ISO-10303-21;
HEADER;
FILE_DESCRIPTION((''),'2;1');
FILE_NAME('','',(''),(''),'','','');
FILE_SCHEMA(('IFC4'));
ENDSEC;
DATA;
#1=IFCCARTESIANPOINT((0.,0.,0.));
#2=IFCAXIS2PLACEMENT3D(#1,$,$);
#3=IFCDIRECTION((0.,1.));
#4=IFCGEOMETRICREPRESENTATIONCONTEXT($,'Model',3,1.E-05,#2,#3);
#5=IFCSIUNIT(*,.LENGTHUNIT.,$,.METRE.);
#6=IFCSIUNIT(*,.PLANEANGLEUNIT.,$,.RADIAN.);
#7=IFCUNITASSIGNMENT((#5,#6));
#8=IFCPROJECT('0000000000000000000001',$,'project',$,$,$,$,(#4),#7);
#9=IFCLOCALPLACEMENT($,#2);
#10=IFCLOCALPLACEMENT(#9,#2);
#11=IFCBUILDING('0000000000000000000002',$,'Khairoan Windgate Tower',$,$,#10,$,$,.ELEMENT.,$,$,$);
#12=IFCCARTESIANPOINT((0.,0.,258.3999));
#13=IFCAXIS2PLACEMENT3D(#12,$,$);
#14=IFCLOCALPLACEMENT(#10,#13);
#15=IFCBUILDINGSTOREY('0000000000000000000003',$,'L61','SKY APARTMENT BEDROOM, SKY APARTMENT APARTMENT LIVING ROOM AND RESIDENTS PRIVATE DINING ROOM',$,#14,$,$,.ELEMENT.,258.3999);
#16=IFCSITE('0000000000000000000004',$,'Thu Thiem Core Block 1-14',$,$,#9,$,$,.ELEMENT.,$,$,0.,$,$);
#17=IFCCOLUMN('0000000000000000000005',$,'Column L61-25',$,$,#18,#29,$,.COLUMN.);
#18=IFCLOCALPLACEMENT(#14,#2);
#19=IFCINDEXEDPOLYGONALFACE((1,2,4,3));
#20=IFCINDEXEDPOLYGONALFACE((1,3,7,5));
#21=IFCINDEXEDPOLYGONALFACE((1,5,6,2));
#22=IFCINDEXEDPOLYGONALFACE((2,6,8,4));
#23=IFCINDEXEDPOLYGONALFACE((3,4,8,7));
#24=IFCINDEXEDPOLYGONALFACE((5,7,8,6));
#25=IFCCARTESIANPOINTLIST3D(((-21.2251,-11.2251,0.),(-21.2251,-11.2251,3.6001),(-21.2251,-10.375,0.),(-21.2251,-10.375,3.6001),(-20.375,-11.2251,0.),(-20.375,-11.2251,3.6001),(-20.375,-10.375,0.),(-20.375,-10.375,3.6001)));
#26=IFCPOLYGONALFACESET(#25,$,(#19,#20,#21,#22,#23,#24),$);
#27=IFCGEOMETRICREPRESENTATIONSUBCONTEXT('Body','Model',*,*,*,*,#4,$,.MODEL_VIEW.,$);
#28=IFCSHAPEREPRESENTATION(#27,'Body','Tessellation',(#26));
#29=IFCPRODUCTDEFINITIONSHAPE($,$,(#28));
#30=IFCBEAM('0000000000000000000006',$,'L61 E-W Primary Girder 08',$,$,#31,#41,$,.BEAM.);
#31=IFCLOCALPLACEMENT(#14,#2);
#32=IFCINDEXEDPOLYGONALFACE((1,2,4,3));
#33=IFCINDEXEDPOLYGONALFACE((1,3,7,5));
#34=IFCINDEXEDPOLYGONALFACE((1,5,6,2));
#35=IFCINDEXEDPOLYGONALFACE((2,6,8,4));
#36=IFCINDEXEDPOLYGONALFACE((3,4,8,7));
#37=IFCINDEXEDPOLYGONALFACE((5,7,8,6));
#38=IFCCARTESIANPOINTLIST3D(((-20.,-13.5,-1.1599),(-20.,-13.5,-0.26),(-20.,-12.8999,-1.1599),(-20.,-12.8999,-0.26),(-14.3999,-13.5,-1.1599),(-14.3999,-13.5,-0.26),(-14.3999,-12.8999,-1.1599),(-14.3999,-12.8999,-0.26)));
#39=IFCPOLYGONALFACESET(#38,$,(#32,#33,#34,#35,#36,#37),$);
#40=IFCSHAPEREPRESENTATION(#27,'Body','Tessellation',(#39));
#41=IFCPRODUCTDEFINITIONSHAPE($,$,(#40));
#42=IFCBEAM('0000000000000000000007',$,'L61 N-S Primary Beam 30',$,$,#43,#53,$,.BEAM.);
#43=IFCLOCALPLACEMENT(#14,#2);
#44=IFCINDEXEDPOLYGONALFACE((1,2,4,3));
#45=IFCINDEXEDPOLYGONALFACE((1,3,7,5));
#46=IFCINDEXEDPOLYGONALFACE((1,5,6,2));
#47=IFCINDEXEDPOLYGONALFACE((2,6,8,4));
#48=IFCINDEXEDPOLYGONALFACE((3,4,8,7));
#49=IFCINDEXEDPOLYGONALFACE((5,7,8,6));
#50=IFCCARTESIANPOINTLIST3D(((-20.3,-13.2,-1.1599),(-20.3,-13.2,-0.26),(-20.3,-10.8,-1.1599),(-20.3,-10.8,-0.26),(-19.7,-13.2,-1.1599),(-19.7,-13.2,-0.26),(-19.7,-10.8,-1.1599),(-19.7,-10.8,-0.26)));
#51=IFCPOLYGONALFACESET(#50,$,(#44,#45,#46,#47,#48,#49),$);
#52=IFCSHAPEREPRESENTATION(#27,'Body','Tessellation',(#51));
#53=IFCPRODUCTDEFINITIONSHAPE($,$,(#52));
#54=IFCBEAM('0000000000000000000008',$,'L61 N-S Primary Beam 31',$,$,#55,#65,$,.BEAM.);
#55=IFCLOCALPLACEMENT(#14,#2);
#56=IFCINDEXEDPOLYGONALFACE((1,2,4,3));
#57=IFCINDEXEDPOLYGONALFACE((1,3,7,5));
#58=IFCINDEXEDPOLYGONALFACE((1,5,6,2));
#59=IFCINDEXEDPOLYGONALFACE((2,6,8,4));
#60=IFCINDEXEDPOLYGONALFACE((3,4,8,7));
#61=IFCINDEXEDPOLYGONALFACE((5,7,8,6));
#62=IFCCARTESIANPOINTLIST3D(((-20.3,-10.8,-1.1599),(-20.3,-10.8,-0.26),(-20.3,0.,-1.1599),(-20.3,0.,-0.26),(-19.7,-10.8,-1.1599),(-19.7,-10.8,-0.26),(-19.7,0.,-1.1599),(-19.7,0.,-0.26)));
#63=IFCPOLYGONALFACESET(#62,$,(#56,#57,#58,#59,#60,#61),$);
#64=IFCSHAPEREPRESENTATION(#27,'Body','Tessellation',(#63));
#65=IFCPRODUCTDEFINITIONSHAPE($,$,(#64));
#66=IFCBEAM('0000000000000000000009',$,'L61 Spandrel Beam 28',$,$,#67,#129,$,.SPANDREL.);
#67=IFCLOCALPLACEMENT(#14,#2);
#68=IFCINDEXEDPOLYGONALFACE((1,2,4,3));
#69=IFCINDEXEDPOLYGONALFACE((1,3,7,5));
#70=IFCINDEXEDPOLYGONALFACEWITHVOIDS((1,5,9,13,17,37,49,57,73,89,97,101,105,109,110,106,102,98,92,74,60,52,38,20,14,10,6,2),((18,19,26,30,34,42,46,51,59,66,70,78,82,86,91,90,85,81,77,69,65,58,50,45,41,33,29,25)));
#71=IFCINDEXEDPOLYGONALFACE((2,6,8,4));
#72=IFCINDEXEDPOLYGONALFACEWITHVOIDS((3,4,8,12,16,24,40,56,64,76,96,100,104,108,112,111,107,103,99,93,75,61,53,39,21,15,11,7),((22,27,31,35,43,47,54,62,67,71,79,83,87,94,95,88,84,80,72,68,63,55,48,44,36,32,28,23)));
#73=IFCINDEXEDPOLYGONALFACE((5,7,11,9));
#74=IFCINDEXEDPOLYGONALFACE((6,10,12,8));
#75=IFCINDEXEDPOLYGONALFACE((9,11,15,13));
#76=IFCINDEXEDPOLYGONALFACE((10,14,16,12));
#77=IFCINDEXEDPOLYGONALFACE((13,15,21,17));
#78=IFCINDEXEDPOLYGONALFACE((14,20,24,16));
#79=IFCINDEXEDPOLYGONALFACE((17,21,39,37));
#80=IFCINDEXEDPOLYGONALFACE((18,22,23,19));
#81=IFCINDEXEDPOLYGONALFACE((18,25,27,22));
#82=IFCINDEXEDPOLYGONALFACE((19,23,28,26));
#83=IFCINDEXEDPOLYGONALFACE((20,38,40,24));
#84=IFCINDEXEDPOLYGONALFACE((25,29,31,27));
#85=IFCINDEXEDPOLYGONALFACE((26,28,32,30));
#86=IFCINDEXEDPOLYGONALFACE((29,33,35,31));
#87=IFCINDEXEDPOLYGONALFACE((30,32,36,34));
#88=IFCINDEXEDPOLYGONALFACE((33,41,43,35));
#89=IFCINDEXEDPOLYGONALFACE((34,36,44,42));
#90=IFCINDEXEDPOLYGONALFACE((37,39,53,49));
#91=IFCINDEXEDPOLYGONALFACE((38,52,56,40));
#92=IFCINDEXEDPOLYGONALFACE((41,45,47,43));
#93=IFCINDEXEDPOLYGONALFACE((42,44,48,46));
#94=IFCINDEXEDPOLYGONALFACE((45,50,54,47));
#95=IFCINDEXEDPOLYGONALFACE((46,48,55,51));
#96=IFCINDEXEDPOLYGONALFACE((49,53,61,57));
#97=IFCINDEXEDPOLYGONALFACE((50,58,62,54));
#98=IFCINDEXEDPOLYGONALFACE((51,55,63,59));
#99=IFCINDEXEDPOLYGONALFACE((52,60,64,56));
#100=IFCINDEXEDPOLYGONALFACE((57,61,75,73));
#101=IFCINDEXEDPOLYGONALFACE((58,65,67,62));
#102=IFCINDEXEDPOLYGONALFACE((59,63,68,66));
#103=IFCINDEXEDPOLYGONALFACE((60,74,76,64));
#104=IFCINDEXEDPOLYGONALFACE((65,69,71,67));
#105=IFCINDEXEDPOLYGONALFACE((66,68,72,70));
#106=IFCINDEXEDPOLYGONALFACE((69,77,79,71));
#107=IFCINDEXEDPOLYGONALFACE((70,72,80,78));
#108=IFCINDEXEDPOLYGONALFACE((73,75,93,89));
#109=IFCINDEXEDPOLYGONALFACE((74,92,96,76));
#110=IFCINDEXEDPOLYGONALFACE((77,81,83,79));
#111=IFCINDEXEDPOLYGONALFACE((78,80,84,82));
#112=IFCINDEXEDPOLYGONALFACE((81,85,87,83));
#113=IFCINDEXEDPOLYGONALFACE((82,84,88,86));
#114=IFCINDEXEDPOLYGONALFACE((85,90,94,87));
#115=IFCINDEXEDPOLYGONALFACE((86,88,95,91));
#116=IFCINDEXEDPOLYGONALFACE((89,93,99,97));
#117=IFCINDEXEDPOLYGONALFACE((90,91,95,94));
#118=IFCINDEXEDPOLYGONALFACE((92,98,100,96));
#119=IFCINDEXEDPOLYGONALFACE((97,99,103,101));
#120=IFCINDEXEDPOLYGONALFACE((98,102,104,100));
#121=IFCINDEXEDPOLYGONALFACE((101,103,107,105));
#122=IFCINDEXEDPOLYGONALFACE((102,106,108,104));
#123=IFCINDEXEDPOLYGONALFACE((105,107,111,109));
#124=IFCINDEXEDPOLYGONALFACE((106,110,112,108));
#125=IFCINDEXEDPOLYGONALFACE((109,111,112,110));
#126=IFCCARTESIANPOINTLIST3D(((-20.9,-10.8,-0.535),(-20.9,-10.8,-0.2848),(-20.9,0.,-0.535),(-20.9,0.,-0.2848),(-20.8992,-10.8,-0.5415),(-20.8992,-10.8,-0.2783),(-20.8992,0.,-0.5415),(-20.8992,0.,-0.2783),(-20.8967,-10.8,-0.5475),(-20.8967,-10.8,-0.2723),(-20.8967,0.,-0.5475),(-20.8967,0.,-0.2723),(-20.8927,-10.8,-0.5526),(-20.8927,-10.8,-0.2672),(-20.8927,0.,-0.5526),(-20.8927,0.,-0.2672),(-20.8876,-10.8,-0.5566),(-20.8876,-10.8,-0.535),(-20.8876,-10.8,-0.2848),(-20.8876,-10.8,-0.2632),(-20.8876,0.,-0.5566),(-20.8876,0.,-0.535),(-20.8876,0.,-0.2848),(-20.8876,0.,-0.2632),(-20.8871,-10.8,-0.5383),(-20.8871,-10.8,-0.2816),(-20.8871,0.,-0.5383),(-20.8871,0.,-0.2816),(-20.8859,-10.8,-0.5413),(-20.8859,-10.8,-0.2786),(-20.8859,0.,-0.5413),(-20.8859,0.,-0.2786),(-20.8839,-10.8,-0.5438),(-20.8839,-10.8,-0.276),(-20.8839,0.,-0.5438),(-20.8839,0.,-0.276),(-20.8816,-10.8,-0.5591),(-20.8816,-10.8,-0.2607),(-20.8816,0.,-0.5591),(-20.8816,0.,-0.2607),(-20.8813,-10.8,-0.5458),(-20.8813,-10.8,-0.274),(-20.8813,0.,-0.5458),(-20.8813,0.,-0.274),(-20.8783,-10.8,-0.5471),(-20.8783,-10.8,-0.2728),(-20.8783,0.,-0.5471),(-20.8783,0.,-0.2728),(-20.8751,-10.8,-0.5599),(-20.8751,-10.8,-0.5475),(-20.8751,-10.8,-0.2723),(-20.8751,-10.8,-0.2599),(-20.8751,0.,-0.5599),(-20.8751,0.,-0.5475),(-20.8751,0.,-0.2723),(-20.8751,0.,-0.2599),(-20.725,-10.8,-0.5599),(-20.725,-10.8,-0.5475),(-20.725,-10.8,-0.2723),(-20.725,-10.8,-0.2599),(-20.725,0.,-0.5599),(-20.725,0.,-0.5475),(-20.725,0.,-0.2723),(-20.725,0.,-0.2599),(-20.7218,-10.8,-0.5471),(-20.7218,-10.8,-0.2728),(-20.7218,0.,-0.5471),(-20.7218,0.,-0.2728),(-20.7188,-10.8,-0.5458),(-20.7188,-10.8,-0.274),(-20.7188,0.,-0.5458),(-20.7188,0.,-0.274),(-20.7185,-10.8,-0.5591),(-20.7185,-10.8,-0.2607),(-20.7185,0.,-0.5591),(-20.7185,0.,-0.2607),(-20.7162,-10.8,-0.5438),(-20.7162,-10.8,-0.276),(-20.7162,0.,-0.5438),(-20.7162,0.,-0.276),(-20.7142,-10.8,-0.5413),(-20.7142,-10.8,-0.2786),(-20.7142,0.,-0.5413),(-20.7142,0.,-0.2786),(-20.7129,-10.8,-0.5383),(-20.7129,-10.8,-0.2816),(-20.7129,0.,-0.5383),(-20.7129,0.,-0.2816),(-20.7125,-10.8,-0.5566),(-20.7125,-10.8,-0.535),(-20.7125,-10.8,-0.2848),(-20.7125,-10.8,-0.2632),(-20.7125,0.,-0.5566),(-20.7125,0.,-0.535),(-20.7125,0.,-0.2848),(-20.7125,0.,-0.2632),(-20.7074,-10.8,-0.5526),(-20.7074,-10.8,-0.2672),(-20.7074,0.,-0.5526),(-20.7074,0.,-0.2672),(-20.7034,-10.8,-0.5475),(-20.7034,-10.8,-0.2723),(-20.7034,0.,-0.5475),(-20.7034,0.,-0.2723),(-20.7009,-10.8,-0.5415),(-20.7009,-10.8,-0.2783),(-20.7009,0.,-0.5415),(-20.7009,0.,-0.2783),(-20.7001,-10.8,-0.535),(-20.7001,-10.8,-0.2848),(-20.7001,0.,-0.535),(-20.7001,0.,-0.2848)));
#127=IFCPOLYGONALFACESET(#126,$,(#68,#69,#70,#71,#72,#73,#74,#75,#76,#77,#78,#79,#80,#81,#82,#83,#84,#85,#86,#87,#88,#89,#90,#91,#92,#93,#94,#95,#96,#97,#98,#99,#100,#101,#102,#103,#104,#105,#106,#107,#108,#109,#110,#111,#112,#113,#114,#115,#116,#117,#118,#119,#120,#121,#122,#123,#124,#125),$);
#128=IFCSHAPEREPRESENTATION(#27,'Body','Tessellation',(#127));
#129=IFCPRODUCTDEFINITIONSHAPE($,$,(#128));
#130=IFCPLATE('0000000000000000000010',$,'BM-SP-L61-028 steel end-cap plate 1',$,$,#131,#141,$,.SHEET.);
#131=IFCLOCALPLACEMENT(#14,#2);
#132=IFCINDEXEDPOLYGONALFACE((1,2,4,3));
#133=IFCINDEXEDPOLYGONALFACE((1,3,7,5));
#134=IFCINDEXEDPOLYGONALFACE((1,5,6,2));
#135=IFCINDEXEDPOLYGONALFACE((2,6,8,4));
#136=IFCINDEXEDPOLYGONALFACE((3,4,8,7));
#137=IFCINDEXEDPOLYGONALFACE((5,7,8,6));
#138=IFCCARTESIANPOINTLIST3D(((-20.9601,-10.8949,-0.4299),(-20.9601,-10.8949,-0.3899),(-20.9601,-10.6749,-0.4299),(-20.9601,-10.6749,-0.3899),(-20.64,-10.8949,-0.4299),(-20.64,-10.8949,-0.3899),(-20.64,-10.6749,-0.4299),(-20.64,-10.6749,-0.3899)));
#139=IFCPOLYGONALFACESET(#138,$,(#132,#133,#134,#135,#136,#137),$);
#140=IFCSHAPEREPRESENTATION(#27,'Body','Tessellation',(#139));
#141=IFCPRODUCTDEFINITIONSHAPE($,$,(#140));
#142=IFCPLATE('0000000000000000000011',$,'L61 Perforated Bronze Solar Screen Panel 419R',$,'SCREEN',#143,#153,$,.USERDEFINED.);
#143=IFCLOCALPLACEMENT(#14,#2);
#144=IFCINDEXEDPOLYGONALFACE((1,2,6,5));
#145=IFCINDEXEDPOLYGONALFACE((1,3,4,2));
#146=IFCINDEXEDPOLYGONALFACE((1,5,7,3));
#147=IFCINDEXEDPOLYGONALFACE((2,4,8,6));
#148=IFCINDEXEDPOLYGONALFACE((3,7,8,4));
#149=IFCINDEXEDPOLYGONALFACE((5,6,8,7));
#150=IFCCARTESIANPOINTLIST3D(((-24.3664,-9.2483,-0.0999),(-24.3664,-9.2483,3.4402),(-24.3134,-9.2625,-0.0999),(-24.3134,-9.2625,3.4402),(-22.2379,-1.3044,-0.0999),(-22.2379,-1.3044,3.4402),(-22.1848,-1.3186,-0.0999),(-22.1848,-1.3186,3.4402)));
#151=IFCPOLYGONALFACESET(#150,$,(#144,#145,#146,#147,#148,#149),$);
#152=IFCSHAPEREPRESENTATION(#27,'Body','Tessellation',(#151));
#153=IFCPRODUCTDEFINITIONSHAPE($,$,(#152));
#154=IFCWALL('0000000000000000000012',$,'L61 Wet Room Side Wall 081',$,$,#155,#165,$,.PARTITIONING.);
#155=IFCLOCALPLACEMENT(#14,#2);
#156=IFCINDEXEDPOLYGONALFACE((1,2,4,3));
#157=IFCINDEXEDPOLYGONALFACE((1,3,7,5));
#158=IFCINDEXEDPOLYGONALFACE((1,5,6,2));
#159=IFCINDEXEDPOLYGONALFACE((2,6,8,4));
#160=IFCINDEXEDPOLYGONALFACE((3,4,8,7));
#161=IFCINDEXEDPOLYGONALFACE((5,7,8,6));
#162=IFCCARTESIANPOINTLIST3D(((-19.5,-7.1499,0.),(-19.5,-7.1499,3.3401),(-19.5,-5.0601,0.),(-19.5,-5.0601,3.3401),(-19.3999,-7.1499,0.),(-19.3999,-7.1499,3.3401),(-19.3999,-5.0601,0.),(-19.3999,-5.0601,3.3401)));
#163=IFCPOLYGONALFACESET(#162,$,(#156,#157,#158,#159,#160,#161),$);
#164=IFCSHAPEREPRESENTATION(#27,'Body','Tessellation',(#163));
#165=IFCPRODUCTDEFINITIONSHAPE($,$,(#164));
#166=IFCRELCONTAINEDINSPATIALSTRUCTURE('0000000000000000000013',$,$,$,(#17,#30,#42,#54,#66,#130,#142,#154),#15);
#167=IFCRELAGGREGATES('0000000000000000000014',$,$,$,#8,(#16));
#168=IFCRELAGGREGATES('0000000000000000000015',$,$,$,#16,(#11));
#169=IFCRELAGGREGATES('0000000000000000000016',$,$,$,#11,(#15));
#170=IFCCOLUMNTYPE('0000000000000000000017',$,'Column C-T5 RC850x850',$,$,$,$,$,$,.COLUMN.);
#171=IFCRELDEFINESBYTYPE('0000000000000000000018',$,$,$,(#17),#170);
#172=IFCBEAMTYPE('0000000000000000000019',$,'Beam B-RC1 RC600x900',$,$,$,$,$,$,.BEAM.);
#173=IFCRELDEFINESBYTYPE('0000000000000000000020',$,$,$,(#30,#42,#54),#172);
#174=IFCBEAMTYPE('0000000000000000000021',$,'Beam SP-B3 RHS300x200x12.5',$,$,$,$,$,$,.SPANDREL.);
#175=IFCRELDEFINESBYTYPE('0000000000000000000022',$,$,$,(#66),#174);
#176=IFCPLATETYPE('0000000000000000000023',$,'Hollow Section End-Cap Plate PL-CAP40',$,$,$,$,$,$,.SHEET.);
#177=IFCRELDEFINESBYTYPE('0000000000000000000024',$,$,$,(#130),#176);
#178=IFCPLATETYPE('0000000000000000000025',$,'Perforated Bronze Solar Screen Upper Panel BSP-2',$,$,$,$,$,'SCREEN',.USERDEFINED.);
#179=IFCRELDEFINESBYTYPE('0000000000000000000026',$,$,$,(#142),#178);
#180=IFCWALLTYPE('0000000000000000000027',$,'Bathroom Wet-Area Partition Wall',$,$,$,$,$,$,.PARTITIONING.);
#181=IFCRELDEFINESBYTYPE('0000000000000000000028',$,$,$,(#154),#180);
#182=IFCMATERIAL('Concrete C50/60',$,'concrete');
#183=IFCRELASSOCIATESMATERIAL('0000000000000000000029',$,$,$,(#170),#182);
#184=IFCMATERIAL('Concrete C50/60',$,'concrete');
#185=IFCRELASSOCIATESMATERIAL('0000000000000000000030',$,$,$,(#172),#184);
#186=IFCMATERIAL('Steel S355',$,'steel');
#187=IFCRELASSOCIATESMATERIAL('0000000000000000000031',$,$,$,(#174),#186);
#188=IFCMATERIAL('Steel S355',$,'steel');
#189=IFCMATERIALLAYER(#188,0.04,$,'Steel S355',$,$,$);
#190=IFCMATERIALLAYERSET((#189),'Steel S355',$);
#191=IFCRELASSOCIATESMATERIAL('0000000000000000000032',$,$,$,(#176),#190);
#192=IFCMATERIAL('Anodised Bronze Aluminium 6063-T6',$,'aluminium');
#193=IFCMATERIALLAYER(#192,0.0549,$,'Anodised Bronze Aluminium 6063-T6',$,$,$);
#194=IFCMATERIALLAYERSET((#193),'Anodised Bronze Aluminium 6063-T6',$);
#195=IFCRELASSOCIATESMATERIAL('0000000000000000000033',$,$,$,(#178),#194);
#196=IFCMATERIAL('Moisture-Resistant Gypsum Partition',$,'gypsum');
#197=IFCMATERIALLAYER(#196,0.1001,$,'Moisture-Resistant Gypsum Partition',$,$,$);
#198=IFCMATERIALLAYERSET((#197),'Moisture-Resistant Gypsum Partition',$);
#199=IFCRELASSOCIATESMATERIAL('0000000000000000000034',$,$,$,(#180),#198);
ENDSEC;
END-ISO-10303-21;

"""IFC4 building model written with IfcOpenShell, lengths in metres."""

from ifc_helpers import new_model, si_unit, direction, frame, frame_2d, origin, origin_2d, place, context, subcontext, project, spatial, rectangle, hollow_rectangle, extrude, material, layer, layer_set, material_profile, profile_set, type_object, element, save


model = new_model("IFC4")

# Units and contexts
model_context = context("Model", 3, precision=1e-05, world=origin(), true_north=direction((0.0, 1.0)))
body_context = subcontext(model_context, "Body", "Model", "MODEL_VIEW")
ifc_project = project(units=[si_unit("LENGTHUNIT", "METRE"), si_unit("PLANEANGLEUNIT", "RADIAN")], contexts=[model_context])

# Site, building, storey
site_placement = place(None, origin())
site = spatial("IfcSite", under=ifc_project, at=site_placement, Name="Thu Thiem Core Block 1-14", CompositionType="ELEMENT", RefElevation=0.0)
building_placement = place(site_placement, origin())
building = spatial("IfcBuilding", under=site, at=building_placement, Name="Khairoan Windgate Tower", CompositionType="ELEMENT")
storey_placement = place(building_placement, frame((0.0, 0.0, 258.3999)))
storey = spatial("IfcBuildingStorey", under=building, at=storey_placement, Name="L61", Description="SKY APARTMENT BEDROOM, SKY APARTMENT APARTMENT LIVING ROOM AND RESIDENTS PRIVATE DINING ROOM", CompositionType="ELEMENT", Elevation=258.3999)

# Column
ifc_material_1 = material(Name="Concrete C50/60", Category="concrete")
ifc_material_profile_1 = material_profile(ifc_material_1, rectangle(XDim=0.8501, YDim=0.8501, at=origin_2d()))
ifc_profile_set_1 = profile_set([ifc_material_profile_1], Name="Concrete C50/60")
column_type = type_object("IfcColumnType", Name="Column C-T5 RC850x850", PredefinedType="COLUMN", material=ifc_profile_set_1)
column_placement = place(storey_placement, frame((-20.8, -10.8, 0.0), z_axis=(0.0, 0.0, 1.0), x_axis=(1.0, 0.0, 0.0)))
element("IfcColumn", 1, at=column_placement, inside=storey, type_object=column_type, Name="Column L61-25", PredefinedType="COLUMN", context=body_context, shape_type="SweptSolid", body=[
    extrude(rectangle(XDim=0.8501, YDim=0.8501, at=origin_2d()), origin(), (0.0, 0.0, 1.0), 3.6001),
])

# Beams
ifc_material_2 = material(Name="Concrete C50/60", Category="concrete")
ifc_material_profile_2 = material_profile(ifc_material_2, rectangle(XDim=0.6001, YDim=0.8999, at=origin_2d()))
ifc_profile_set_2 = profile_set([ifc_material_profile_2], Name="Concrete C50/60")
beam_type_1 = type_object("IfcBeamType", Name="Beam B-RC1 RC600x900", PredefinedType="BEAM", material=ifc_profile_set_2)
beam_1_placement = place(storey_placement, frame((-20.0, -13.2, -0.71), z_axis=(1.0, 0.0, 0.0), x_axis=(0.0, 1.0, 0.0)))
element("IfcBeam", 2, at=beam_1_placement, inside=storey, type_object=beam_type_1, Name="L61 E-W Primary Girder 08", PredefinedType="BEAM", context=body_context, shape_type="SweptSolid", body=[
    extrude(rectangle(XDim=0.6001, YDim=0.8999, at=origin_2d()), origin(), (0.0, 0.0, 1.0), 5.6001),
])
beam_2_placement = place(storey_placement, frame((-20.0, -13.2, -0.71), z_axis=(0.0, 1.0, 0.0), x_axis=(-1.0, 0.0, 0.0)))
element("IfcBeam", 3, at=beam_2_placement, inside=storey, type_object=beam_type_1, Name="L61 N-S Primary Beam 30", PredefinedType="BEAM", context=body_context, shape_type="SweptSolid", body=[
    extrude(rectangle(XDim=0.6001, YDim=0.8999, at=origin_2d()), origin(), (0.0, 0.0, 1.0), 2.3999),
])
beam_3_placement = place(storey_placement, frame((-20.0, -10.8, -0.71), z_axis=(0.0, 1.0, 0.0), x_axis=(-1.0, 0.0, 0.0)))
element("IfcBeam", 4, at=beam_3_placement, inside=storey, type_object=beam_type_1, Name="L61 N-S Primary Beam 31", PredefinedType="BEAM", context=body_context, shape_type="SweptSolid", body=[
    extrude(rectangle(XDim=0.6001, YDim=0.8999, at=origin_2d()), origin(), (0.0, 0.0, 1.0), 10.8),
])
ifc_material_3 = material(Name="Steel S355", Category="steel")
ifc_material_profile_3 = material_profile(ifc_material_3, hollow_rectangle(XDim=0.2, YDim=0.3, WallThickness=0.0125, InnerFilletRadius=0.0125, OuterFilletRadius=0.0249, at=origin_2d()))
ifc_profile_set_3 = profile_set([ifc_material_profile_3], Name="Steel S355")
beam_type_2 = type_object("IfcBeamType", Name="Beam SP-B3 RHS300x200x12.5", PredefinedType="SPANDREL", material=ifc_profile_set_3)
beam_4_placement = place(storey_placement, frame((-20.8, -10.8, -0.4099), z_axis=(0.0, 1.0, 0.0), x_axis=(-1.0, 0.0, 0.0)))
element("IfcBeam", 5, at=beam_4_placement, inside=storey, type_object=beam_type_2, Name="L61 Spandrel Beam 28", PredefinedType="SPANDREL", context=body_context, shape_type="SweptSolid", body=[
    extrude(hollow_rectangle(XDim=0.2, YDim=0.3, WallThickness=0.0125, InnerFilletRadius=0.0125, OuterFilletRadius=0.0249, at=origin_2d()), origin(), (0.0, 0.0, 1.0), 10.8),
])

# Plates
ifc_material_4 = material(Name="Steel S355", Category="steel")
ifc_layer_1 = layer(ifc_material_4, 0.04, Name="Steel S355")
ifc_layer_set_1 = layer_set([ifc_layer_1], Name="Steel S355")
plate_type_1 = type_object("IfcPlateType", Name="Hollow Section End-Cap Plate PL-CAP40", PredefinedType="SHEET", material=ifc_layer_set_1)
plate_1_placement = place(storey_placement, frame((-20.8, -10.7849, -0.4299), z_axis=(0.0, 0.0, 1.0), x_axis=(0.0, 1.0, 0.0)))
element("IfcPlate", 6, at=plate_1_placement, inside=storey, type_object=plate_type_1, Name="BM-SP-L61-028 steel end-cap plate 1", PredefinedType="SHEET", context=body_context, shape_type="SweptSolid", body=[
    extrude(rectangle(XDim=0.22, YDim=0.3201, at=origin_2d()), origin(), (0.0, 0.0, 1.0), 0.04),
])
ifc_material_5 = material(Name="Anodised Bronze Aluminium 6063-T6", Category="aluminium")
ifc_layer_2 = layer(ifc_material_5, 0.0549, Name="Anodised Bronze Aluminium 6063-T6")
ifc_layer_set_2 = layer_set([ifc_layer_2], Name="Anodised Bronze Aluminium 6063-T6")
plate_type_2 = type_object("IfcPlateType", Name="Perforated Bronze Solar Screen Upper Panel BSP-2", ElementType="SCREEN", PredefinedType="USERDEFINED", material=ifc_layer_set_2)
plate_2_placement = place(storey_placement, frame((-23.2756, -5.2834, -0.0999), z_axis=(0.0, 0.0, 1.0), x_axis=(0.258819, 0.965926, 0.0)))
element("IfcPlate", 7, at=plate_2_placement, inside=storey, type_object=plate_type_2, Name="L61 Perforated Bronze Solar Screen Panel 419R", ObjectType="SCREEN", PredefinedType="USERDEFINED", context=body_context, shape_type="SweptSolid", body=[
    extrude(rectangle(XDim=8.2241, YDim=0.0549, at=origin_2d()), origin(), (0.0, 0.0, 1.0), 3.54),
])

# Wall
ifc_material_6 = material(Name="Moisture-Resistant Gypsum Partition", Category="gypsum")
ifc_layer_3 = layer(ifc_material_6, 0.1001, Name="Moisture-Resistant Gypsum Partition")
ifc_layer_set_3 = layer_set([ifc_layer_3], Name="Moisture-Resistant Gypsum Partition")
wall_type_1 = type_object("IfcWallType", Name="Bathroom Wet-Area Partition Wall", PredefinedType="PARTITIONING", material=ifc_layer_set_3)
wall_1_placement = place(storey_placement, frame((-19.45, -7.1499, 0.0), z_axis=(0.0, 0.0, 1.0), x_axis=(0.0, 1.0, 0.0)))
element("IfcWall", 8, at=wall_1_placement, inside=storey, type_object=wall_type_1, Name="L61 Wet Room Side Wall 081", PredefinedType="PARTITIONING", context=body_context, shape_type="SweptSolid", body=[
    extrude(rectangle(XDim=2.0898, YDim=0.1001, at=frame_2d((1.0449, 0.0))), origin(), (0.0, 0.0, 1.0), 3.3401),
])

save(model, "model.ifc")
